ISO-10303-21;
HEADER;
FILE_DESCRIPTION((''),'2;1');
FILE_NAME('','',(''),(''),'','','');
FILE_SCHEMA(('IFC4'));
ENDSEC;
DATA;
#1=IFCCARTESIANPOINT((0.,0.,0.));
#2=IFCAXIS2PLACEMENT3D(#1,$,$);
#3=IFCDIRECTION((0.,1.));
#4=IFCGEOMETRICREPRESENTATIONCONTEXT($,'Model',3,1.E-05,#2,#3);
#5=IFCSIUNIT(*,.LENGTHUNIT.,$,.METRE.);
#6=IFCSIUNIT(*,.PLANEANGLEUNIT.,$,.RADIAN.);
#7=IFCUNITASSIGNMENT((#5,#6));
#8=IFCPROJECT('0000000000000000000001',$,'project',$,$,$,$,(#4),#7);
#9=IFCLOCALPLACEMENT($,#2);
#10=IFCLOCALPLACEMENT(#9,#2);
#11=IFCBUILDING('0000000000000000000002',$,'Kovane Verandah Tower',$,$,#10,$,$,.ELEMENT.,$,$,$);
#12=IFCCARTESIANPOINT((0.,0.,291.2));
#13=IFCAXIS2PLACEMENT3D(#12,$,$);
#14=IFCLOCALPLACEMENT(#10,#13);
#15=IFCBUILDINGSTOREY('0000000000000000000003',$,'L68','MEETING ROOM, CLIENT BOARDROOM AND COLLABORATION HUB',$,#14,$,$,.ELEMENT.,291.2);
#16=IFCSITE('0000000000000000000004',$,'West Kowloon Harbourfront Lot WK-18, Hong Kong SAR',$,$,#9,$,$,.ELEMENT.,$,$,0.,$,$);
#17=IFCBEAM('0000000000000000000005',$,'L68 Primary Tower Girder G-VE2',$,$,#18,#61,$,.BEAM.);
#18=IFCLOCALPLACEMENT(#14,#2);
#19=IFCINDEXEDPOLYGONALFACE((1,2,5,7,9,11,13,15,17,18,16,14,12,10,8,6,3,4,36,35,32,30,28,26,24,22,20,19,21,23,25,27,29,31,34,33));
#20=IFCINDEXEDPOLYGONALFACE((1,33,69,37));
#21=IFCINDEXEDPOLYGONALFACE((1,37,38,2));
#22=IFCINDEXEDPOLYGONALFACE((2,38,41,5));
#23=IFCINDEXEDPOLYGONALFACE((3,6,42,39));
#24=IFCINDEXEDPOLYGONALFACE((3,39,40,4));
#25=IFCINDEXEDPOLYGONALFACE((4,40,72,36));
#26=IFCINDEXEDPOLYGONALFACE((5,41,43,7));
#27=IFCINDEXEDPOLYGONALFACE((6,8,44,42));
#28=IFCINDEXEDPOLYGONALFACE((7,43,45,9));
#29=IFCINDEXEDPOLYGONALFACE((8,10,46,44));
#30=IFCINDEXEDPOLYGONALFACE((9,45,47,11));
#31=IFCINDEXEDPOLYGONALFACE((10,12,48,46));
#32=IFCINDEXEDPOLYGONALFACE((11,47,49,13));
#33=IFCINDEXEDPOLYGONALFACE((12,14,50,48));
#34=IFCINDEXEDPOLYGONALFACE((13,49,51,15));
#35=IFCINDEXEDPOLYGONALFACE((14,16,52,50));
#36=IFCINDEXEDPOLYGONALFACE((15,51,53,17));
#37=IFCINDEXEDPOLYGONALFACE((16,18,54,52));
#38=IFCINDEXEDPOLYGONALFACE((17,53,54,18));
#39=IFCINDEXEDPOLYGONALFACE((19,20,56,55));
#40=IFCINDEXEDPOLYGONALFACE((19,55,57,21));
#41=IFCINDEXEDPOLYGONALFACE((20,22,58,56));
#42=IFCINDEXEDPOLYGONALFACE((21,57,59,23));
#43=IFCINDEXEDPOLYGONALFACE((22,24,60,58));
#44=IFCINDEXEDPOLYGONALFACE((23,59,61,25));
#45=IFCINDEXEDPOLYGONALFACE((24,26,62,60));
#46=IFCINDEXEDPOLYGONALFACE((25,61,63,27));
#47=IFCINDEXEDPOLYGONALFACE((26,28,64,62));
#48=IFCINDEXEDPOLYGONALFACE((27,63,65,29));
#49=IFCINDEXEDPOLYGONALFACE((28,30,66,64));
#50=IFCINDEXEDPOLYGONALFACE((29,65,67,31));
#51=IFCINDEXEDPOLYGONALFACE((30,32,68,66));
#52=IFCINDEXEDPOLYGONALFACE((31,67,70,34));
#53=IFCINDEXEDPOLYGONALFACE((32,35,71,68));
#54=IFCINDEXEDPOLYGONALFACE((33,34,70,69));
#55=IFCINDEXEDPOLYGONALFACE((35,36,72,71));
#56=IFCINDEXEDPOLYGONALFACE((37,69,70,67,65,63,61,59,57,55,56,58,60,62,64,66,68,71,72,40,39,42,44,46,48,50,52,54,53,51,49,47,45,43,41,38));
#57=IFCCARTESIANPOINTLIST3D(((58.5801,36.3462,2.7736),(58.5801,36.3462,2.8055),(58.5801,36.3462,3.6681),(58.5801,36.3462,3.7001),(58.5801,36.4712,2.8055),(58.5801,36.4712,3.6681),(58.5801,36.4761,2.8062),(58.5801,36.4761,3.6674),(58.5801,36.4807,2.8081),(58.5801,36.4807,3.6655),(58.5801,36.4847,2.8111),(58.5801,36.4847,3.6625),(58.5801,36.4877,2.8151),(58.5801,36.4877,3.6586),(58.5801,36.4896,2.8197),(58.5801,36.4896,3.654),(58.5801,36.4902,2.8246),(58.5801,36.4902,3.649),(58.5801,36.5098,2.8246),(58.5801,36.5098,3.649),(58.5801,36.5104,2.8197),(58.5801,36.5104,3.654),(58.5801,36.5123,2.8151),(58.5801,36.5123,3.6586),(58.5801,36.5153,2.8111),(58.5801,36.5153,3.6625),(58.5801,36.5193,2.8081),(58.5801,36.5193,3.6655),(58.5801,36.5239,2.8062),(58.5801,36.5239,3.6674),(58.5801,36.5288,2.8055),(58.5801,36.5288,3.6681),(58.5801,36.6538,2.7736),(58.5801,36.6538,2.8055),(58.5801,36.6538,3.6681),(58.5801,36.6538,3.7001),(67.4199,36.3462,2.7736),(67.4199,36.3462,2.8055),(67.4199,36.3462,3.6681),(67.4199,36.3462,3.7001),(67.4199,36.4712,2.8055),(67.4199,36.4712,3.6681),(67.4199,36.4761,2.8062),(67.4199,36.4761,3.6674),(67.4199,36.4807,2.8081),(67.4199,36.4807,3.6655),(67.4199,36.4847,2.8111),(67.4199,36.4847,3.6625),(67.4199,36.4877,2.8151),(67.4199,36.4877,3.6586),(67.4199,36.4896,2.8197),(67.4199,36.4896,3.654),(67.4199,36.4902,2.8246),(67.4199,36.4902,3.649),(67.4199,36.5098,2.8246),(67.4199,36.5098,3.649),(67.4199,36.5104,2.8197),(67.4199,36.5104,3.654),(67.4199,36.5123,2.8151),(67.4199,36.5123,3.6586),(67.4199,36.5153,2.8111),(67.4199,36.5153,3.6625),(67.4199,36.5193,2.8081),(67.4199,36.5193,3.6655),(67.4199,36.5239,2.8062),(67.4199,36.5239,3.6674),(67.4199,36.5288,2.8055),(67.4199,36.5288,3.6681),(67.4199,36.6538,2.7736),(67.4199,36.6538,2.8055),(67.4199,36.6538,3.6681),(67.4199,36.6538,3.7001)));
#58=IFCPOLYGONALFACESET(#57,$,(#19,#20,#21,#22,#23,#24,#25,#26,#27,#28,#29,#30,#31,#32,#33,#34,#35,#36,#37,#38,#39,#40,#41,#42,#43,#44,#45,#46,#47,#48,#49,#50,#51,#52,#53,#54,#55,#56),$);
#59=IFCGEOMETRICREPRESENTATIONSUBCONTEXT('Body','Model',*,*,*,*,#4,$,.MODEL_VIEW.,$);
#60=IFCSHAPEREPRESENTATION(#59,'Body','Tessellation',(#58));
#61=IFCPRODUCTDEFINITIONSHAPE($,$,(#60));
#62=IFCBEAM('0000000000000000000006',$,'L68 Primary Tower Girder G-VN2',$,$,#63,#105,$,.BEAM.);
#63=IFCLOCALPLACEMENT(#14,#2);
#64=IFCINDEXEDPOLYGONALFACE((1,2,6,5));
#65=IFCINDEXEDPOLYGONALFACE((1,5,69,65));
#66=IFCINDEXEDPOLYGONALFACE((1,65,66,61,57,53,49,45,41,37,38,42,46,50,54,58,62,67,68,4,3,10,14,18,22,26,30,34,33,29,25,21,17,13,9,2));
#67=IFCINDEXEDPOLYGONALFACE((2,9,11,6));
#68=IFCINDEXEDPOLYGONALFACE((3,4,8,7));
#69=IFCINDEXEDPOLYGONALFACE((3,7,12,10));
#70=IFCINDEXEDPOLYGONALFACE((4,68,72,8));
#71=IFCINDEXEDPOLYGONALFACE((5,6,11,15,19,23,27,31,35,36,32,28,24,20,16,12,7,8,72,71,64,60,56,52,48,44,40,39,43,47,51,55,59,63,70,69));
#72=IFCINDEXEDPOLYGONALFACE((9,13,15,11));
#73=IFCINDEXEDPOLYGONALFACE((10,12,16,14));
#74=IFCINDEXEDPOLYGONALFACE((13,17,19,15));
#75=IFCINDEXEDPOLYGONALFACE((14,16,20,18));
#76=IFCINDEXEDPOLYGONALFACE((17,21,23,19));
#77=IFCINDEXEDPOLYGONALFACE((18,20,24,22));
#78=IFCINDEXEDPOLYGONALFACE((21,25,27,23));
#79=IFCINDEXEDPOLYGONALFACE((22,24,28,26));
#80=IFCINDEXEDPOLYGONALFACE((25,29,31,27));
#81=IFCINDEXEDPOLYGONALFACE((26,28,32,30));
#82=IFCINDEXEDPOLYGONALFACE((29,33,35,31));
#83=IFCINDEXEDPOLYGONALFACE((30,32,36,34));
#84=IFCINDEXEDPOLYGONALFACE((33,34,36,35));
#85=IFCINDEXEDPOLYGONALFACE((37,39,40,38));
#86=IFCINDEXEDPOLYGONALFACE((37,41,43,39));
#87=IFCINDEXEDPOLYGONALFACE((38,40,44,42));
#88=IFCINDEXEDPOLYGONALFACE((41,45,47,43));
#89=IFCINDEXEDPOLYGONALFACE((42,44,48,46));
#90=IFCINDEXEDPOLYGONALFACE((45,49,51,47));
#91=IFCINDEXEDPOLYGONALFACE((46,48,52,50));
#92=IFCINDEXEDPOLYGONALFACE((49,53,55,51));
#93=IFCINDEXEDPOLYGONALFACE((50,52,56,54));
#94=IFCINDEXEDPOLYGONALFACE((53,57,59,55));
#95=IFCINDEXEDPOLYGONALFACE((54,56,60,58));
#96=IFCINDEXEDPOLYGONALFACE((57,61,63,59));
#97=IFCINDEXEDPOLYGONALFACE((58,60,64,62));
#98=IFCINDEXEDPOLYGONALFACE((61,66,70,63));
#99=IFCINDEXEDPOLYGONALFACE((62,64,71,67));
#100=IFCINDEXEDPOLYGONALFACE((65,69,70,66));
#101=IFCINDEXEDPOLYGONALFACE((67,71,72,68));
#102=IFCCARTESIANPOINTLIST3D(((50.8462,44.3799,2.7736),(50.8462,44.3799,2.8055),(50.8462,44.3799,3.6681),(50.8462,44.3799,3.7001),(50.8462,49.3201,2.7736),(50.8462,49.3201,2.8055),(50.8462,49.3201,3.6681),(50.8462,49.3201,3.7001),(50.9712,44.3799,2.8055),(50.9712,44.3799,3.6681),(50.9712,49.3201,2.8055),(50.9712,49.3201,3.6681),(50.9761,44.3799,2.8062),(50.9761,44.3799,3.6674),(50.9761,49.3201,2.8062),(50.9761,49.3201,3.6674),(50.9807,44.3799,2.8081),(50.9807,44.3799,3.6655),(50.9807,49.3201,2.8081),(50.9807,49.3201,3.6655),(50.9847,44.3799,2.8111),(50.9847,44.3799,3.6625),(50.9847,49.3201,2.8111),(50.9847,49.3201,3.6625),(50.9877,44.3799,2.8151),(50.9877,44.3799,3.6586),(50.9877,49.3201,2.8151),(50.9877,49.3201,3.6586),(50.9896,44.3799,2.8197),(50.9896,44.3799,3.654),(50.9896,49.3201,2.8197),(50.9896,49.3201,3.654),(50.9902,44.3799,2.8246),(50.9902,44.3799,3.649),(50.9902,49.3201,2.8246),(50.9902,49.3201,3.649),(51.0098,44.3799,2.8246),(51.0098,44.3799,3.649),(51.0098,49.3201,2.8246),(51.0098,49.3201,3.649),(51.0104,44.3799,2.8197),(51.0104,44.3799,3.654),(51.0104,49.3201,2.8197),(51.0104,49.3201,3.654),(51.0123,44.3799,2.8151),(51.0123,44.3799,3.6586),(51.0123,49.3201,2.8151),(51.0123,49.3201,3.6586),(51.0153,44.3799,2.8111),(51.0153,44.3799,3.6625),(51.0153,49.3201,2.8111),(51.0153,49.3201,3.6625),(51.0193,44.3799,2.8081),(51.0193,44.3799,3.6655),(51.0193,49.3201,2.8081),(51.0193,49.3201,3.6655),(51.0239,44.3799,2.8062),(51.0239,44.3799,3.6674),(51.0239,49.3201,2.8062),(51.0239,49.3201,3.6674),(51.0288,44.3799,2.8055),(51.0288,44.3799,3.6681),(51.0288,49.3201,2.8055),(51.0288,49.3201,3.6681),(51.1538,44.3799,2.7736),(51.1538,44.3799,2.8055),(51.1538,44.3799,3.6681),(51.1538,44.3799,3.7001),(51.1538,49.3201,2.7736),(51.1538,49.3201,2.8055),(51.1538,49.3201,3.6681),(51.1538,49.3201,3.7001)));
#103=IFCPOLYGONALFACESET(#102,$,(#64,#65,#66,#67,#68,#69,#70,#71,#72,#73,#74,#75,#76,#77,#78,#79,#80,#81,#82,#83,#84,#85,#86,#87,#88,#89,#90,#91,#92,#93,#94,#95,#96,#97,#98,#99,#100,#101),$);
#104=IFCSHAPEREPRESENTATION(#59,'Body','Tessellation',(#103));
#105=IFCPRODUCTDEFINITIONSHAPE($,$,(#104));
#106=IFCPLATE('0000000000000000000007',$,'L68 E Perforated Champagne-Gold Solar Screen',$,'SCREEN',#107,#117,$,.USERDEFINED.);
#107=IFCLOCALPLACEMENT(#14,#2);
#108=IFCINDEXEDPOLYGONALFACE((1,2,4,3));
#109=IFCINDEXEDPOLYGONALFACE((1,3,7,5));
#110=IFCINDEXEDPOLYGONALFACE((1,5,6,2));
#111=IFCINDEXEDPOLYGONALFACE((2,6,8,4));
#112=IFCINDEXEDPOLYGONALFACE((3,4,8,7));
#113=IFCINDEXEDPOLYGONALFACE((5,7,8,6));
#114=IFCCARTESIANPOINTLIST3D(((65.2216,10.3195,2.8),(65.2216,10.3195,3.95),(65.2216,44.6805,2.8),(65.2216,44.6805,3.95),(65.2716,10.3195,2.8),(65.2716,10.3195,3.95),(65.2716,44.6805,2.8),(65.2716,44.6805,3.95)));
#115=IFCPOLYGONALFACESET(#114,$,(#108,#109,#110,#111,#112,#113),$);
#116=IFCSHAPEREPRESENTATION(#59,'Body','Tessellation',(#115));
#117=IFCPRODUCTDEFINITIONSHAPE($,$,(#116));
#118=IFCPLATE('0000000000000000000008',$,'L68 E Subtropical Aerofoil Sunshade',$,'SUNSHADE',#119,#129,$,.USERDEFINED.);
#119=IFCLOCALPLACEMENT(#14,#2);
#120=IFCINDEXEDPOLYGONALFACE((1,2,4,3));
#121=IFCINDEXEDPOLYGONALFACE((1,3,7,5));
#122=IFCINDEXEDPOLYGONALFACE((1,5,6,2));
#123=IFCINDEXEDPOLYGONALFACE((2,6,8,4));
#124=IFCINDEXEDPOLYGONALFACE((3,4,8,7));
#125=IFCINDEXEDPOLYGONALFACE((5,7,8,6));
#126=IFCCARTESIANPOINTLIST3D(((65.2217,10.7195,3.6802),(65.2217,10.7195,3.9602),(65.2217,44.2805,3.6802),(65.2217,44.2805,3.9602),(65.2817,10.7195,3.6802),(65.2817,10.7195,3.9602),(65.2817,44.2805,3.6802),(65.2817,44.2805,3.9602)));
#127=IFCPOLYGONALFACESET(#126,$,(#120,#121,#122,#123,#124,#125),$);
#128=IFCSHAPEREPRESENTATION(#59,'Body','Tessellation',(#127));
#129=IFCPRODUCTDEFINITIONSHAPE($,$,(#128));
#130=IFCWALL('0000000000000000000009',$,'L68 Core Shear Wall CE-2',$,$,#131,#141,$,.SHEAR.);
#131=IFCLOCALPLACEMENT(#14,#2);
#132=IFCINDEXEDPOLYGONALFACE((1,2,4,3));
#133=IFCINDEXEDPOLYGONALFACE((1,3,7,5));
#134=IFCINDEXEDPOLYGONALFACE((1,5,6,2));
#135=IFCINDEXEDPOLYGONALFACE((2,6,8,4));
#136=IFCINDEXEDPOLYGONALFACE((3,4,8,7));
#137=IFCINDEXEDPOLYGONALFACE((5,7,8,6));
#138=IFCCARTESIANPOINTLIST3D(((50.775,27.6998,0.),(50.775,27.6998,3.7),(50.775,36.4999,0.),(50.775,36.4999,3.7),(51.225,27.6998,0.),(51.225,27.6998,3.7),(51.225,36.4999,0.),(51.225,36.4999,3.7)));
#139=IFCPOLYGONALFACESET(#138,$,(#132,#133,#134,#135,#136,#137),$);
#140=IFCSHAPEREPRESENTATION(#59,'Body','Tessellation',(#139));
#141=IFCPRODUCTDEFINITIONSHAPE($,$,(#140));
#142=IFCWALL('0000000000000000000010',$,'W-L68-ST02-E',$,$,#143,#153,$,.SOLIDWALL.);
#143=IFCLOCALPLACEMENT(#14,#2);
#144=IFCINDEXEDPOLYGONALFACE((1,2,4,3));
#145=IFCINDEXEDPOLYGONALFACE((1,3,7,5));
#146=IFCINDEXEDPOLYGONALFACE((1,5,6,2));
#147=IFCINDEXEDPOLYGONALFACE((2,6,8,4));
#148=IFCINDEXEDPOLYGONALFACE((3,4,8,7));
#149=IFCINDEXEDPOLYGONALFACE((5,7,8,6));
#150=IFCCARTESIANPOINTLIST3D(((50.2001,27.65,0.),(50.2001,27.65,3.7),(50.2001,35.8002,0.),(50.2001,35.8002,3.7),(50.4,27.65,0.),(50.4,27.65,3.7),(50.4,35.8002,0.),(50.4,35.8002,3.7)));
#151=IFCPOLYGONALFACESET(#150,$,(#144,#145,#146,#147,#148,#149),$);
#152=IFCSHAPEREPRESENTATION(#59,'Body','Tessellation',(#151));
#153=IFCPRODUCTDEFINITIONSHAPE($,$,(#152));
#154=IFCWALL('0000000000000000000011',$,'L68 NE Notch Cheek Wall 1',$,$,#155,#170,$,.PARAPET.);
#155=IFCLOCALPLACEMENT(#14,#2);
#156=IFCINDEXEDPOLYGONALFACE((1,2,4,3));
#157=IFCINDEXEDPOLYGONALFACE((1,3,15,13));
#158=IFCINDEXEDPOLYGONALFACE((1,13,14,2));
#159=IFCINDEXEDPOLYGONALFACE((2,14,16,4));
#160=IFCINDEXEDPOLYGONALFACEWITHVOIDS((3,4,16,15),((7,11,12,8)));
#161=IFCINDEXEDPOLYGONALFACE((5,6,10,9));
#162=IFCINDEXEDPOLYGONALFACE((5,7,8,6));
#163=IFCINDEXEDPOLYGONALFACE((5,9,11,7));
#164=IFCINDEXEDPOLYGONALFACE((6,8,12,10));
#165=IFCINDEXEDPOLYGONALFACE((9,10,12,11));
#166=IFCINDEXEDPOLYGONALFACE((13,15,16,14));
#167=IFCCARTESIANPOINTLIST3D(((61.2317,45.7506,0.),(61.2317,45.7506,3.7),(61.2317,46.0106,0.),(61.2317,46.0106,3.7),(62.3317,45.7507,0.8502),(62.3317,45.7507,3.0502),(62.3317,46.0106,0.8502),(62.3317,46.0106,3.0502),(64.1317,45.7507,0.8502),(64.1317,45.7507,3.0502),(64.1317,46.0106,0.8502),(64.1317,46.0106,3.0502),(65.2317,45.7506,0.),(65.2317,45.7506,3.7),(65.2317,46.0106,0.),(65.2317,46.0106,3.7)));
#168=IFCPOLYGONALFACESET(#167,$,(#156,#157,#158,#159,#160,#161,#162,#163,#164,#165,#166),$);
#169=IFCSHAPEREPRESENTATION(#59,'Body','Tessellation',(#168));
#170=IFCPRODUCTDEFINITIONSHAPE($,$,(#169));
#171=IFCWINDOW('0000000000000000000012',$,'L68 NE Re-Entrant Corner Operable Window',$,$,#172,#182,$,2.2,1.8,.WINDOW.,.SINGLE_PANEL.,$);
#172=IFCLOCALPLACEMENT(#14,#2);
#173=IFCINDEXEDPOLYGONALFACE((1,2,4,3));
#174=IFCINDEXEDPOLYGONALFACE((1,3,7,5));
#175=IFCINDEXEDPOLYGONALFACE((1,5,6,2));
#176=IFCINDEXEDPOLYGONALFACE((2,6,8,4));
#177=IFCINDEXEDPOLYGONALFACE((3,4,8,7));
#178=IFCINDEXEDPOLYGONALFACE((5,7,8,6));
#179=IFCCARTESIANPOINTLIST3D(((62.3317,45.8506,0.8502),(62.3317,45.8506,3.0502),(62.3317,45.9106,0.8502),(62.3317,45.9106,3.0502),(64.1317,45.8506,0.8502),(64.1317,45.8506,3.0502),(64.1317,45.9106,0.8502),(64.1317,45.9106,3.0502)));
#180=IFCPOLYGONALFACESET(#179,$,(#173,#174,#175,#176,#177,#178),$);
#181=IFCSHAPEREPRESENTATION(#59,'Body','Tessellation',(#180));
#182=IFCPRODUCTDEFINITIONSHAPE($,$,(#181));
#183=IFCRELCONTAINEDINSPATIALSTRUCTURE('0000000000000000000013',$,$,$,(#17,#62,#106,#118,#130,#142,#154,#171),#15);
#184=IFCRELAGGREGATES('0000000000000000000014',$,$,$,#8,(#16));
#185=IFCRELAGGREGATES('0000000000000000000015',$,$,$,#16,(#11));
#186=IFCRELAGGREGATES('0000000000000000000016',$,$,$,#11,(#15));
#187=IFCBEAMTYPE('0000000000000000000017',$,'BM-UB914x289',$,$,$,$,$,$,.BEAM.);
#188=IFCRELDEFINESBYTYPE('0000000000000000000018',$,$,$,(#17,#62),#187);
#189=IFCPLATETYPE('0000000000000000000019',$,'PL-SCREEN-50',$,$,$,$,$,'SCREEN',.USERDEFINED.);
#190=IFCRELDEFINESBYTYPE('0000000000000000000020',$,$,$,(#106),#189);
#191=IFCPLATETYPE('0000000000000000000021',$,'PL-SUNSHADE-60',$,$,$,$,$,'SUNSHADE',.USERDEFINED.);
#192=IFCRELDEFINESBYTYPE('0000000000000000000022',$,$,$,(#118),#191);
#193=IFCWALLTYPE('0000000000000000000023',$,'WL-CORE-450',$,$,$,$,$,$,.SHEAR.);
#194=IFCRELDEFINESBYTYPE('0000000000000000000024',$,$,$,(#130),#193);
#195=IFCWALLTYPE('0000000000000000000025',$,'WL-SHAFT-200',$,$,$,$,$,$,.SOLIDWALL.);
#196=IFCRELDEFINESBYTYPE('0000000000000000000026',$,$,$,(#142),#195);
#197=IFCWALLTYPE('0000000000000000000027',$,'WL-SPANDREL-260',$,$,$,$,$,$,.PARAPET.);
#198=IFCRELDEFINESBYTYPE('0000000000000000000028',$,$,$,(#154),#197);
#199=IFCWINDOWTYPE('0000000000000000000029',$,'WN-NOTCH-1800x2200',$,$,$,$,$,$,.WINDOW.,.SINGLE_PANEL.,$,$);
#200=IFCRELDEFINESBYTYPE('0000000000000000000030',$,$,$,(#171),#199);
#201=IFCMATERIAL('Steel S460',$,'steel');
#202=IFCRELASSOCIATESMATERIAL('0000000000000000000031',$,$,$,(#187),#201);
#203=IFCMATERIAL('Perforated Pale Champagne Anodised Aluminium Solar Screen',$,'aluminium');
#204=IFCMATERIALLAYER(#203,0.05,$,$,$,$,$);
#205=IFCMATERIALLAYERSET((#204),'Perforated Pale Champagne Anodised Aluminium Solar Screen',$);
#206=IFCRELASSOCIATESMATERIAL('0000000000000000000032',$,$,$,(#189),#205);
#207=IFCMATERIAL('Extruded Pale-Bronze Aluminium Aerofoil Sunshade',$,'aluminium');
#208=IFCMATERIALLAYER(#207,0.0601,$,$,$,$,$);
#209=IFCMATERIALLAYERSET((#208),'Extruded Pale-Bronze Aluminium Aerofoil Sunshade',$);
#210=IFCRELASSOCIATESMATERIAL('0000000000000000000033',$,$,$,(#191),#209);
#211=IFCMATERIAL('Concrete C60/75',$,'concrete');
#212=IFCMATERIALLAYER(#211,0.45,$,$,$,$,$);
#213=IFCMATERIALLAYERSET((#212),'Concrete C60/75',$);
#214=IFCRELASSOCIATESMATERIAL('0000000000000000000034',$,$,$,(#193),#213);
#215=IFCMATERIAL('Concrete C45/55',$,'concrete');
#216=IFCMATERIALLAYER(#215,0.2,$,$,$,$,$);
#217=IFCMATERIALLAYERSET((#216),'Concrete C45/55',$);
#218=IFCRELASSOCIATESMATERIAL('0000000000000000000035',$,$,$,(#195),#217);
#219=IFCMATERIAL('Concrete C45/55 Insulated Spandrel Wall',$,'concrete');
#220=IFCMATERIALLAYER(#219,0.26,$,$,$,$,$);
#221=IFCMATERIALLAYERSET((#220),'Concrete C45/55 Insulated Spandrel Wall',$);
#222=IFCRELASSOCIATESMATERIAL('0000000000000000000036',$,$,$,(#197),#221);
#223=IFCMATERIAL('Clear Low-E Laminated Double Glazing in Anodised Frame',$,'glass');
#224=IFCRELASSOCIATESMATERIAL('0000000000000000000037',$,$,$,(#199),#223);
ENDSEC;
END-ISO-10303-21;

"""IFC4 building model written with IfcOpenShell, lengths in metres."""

from ifc_helpers import new_model, si_unit, direction, frame, frame_2d, origin, origin_2d, place, context, subcontext, project, spatial, rectangle, i_section, extrude, material, layer, layer_set, material_profile, profile_set, type_object, element, fill, save


model = new_model("IFC4")

# Units and contexts
model_context = context("Model", 3, precision=1e-05, world=origin(), true_north=direction((0.0, 1.0)))
body_context = subcontext(model_context, "Body", "Model", "MODEL_VIEW")
ifc_project = project(units=[si_unit("LENGTHUNIT", "METRE"), si_unit("PLANEANGLEUNIT", "RADIAN")], contexts=[model_context])

# Site, building, storey
site_placement = place(None, origin())
site = spatial("IfcSite", under=ifc_project, at=site_placement, Name="West Kowloon Harbourfront Lot WK-18, Hong Kong SAR", CompositionType="ELEMENT", RefElevation=0.0)
building_placement = place(site_placement, origin())
building = spatial("IfcBuilding", under=site, at=building_placement, Name="Kovane Verandah Tower", CompositionType="ELEMENT")
storey_placement = place(building_placement, frame((0.0, 0.0, 291.2)))
storey = spatial("IfcBuildingStorey", under=building, at=storey_placement, Name="L68", Description="MEETING ROOM, CLIENT BOARDROOM AND COLLABORATION HUB", CompositionType="ELEMENT", Elevation=291.2)

# Shared definitions
ifc_material_1 = material(Name="Concrete C60/75", Category="concrete")
ifc_material_2 = material(Name="Steel S460", Category="steel")

# Beams
ifc_material_profile_1 = material_profile(ifc_material_2, i_section(OverallWidth=0.3076, OverallDepth=0.9265, WebThickness=0.0195, FlangeThickness=0.032, FilletRadius=0.019, at=origin_2d()), Name="UB914x305x289")
ifc_profile_set_1 = profile_set([ifc_material_profile_1], Name="Steel S460")
beam_type_1 = type_object("IfcBeamType", Name="BM-UB914x289", PredefinedType="BEAM", material=ifc_profile_set_1)
beam_1_placement = place(storey_placement, frame((58.5801, 36.5, 3.2368), z_axis=(1.0, 0.0, 0.0), x_axis=(0.0, 1.0, 0.0)))
element("IfcBeam", 1, at=beam_1_placement, inside=storey, type_object=beam_type_1, Name="L68 Primary Tower Girder G-VE2", PredefinedType="BEAM", context=body_context, shape_type="SweptSolid", body=[
    extrude(i_section(OverallWidth=0.3076, OverallDepth=0.9265, WebThickness=0.0195, FlangeThickness=0.032, FilletRadius=0.019, at=origin_2d()), origin(), (0.0, 0.0, 1.0), 8.8398),
])
beam_2_placement = place(storey_placement, frame((51.0, 44.3799, 3.2368), z_axis=(0.0, 1.0, 0.0), x_axis=(-1.0, 0.0, 0.0)))
element("IfcBeam", 2, at=beam_2_placement, inside=storey, type_object=beam_type_1, Name="L68 Primary Tower Girder G-VN2", PredefinedType="BEAM", context=body_context, shape_type="SweptSolid", body=[
    extrude(i_section(OverallWidth=0.3076, OverallDepth=0.9265, WebThickness=0.0195, FlangeThickness=0.032, FilletRadius=0.019, at=origin_2d()), origin(), (0.0, 0.0, 1.0), 4.9402),
])

# Plates
ifc_material_3 = material(Name="Perforated Pale Champagne Anodised Aluminium Solar Screen", Category="aluminium")
ifc_layer_1 = layer(ifc_material_3, 0.05)
ifc_layer_set_1 = layer_set([ifc_layer_1], Name="Perforated Pale Champagne Anodised Aluminium Solar Screen")
plate_type_1 = type_object("IfcPlateType", Name="PL-SCREEN-50", ElementType="SCREEN", PredefinedType="USERDEFINED", material=ifc_layer_set_1)
plate_1_placement = place(storey_placement, frame((65.2466, 27.5, 2.8), z_axis=(0.0, 0.0, 1.0), x_axis=(0.0, 1.0, 0.0)))
element("IfcPlate", 3, at=plate_1_placement, inside=storey, type_object=plate_type_1, Name="L68 E Perforated Champagne-Gold Solar Screen", ObjectType="SCREEN", PredefinedType="USERDEFINED", context=body_context, shape_type="SweptSolid", body=[
    extrude(rectangle(XDim=34.3611, YDim=0.05, at=origin_2d()), origin(), (0.0, 0.0, 1.0), 1.1499),
])
ifc_material_4 = material(Name="Extruded Pale-Bronze Aluminium Aerofoil Sunshade", Category="aluminium")
ifc_layer_2 = layer(ifc_material_4, 0.0601)
ifc_layer_set_2 = layer_set([ifc_layer_2], Name="Extruded Pale-Bronze Aluminium Aerofoil Sunshade")
plate_type_2 = type_object("IfcPlateType", Name="PL-SUNSHADE-60", ElementType="SUNSHADE", PredefinedType="USERDEFINED", material=ifc_layer_set_2)
plate_2_placement = place(storey_placement, frame((65.2517, 27.5, 3.6802), z_axis=(0.0, 0.0, 1.0), x_axis=(0.0, 1.0, 0.0)))
element("IfcPlate", 4, at=plate_2_placement, inside=storey, type_object=plate_type_2, Name="L68 E Subtropical Aerofoil Sunshade", ObjectType="SUNSHADE", PredefinedType="USERDEFINED", context=body_context, shape_type="SweptSolid", body=[
    extrude(rectangle(XDim=33.561, YDim=0.0601, at=origin_2d()), origin(), (0.0, 0.0, 1.0), 0.28),
])

# Walls
ifc_layer_3 = layer(ifc_material_1, 0.45)
ifc_layer_set_3 = layer_set([ifc_layer_3], Name="Concrete C60/75")
wall_type_1 = type_object("IfcWallType", Name="WL-CORE-450", PredefinedType="SHEAR", material=ifc_layer_set_3)
wall_1_placement = place(storey_placement, frame((51.0, 27.7, 0.0), z_axis=(0.0, 0.0, 1.0), x_axis=(0.0, 1.0, 0.0)))
element("IfcWall", 5, at=wall_1_placement, inside=storey, type_object=wall_type_1, Name="L68 Core Shear Wall CE-2", PredefinedType="SHEAR", context=body_context, shape_type="SweptSolid", body=[
    extrude(rectangle(XDim=8.8, YDim=0.45, at=frame_2d((4.3999, 0.0))), origin(), (0.0, 0.0, 1.0), 3.7),
])
ifc_material_5 = material(Name="Concrete C45/55", Category="concrete")
ifc_layer_4 = layer(ifc_material_5, 0.2)
ifc_layer_set_4 = layer_set([ifc_layer_4], Name="Concrete C45/55")
wall_type_2 = type_object("IfcWallType", Name="WL-SHAFT-200", PredefinedType="SOLIDWALL", material=ifc_layer_set_4)
wall_2_placement = place(storey_placement, frame((50.3, 27.6499, 0.0), z_axis=(0.0, 0.0, 1.0), x_axis=(0.0, 1.0, 0.0)))
element("IfcWall", 6, at=wall_2_placement, inside=storey, type_object=wall_type_2, Name="W-L68-ST02-E", PredefinedType="SOLIDWALL", context=body_context, shape_type="SweptSolid", body=[
    extrude(rectangle(XDim=8.1501, YDim=0.2, at=frame_2d((4.0752, 0.0))), origin(), (0.0, 0.0, 1.0), 3.7),
])

# Shared definitions
ifc_material_6 = material(Name="Concrete C45/55 Insulated Spandrel Wall", Category="concrete")
ifc_layer_5 = layer(ifc_material_6, 0.26)
ifc_layer_set_5 = layer_set([ifc_layer_5], Name="Concrete C45/55 Insulated Spandrel Wall")
wall_type_3 = type_object("IfcWallType", Name="WL-SPANDREL-260", PredefinedType="PARAPET", material=ifc_layer_set_5)
ifc_material_7 = material(Name="Clear Low-E Laminated Double Glazing in Anodised Frame", Category="glass")

# Wall, opening, window
wall_3_placement = place(storey_placement, frame((65.2317, 45.8806, 0.0), z_axis=(0.0, 0.0, 1.0), x_axis=(-1.0, 0.0, 0.0)))
wall_3 = element("IfcWall", 7, at=wall_3_placement, inside=storey, type_object=wall_type_3, Name="L68 NE Notch Cheek Wall 1", PredefinedType="PARAPET", context=body_context, shape_type="SweptSolid", body=[
    extrude(rectangle(XDim=4.0, YDim=0.26, at=frame_2d((2.0, 0.0))), origin(), (0.0, 0.0, 1.0), 3.7),
])
opening_1_placement = place(wall_3_placement, frame((1.1001, 0.0, 0.8501)))
opening_1 = element("IfcOpeningElement", 8, at=opening_1_placement, cuts=wall_3, PredefinedType="OPENING", context=body_context, shape_type="SweptSolid", body=[
    extrude(rectangle(XDim=1.8, YDim=2.2, at=frame_2d((0.8999, 1.1001))), frame((0.0, 0.1299, 0.0), z_axis=(0.0, -1.0, 0.0), x_axis=(1.0, 0.0, 0.0)), (0.0, 0.0, 1.0), 0.26),
])
window_type_1 = type_object("IfcWindowType", Name="WN-NOTCH-1800x2200", PartitioningType="SINGLE_PANEL", PredefinedType="WINDOW", material=ifc_material_7)
window_1_placement = place(opening_1_placement, origin())
window_1 = element("IfcWindow", 9, at=window_1_placement, inside=storey, type_object=window_type_1, Name="L68 NE Re-Entrant Corner Operable Window", OverallHeight=2.2, OverallWidth=1.8, PartitioningType="SINGLE_PANEL", PredefinedType="WINDOW", context=body_context, shape_type="SweptSolid", body=[
    extrude(rectangle(XDim=1.8, YDim=2.2, at=frame_2d((0.8999, 1.1001))), frame((0.0, 0.03, 0.0), z_axis=(0.0, -1.0, 0.0), x_axis=(1.0, 0.0, 0.0)), (0.0, 0.0, 1.0), 0.0601),
])
fill(opening_1, window_1)

save(model, "model.ifc")
